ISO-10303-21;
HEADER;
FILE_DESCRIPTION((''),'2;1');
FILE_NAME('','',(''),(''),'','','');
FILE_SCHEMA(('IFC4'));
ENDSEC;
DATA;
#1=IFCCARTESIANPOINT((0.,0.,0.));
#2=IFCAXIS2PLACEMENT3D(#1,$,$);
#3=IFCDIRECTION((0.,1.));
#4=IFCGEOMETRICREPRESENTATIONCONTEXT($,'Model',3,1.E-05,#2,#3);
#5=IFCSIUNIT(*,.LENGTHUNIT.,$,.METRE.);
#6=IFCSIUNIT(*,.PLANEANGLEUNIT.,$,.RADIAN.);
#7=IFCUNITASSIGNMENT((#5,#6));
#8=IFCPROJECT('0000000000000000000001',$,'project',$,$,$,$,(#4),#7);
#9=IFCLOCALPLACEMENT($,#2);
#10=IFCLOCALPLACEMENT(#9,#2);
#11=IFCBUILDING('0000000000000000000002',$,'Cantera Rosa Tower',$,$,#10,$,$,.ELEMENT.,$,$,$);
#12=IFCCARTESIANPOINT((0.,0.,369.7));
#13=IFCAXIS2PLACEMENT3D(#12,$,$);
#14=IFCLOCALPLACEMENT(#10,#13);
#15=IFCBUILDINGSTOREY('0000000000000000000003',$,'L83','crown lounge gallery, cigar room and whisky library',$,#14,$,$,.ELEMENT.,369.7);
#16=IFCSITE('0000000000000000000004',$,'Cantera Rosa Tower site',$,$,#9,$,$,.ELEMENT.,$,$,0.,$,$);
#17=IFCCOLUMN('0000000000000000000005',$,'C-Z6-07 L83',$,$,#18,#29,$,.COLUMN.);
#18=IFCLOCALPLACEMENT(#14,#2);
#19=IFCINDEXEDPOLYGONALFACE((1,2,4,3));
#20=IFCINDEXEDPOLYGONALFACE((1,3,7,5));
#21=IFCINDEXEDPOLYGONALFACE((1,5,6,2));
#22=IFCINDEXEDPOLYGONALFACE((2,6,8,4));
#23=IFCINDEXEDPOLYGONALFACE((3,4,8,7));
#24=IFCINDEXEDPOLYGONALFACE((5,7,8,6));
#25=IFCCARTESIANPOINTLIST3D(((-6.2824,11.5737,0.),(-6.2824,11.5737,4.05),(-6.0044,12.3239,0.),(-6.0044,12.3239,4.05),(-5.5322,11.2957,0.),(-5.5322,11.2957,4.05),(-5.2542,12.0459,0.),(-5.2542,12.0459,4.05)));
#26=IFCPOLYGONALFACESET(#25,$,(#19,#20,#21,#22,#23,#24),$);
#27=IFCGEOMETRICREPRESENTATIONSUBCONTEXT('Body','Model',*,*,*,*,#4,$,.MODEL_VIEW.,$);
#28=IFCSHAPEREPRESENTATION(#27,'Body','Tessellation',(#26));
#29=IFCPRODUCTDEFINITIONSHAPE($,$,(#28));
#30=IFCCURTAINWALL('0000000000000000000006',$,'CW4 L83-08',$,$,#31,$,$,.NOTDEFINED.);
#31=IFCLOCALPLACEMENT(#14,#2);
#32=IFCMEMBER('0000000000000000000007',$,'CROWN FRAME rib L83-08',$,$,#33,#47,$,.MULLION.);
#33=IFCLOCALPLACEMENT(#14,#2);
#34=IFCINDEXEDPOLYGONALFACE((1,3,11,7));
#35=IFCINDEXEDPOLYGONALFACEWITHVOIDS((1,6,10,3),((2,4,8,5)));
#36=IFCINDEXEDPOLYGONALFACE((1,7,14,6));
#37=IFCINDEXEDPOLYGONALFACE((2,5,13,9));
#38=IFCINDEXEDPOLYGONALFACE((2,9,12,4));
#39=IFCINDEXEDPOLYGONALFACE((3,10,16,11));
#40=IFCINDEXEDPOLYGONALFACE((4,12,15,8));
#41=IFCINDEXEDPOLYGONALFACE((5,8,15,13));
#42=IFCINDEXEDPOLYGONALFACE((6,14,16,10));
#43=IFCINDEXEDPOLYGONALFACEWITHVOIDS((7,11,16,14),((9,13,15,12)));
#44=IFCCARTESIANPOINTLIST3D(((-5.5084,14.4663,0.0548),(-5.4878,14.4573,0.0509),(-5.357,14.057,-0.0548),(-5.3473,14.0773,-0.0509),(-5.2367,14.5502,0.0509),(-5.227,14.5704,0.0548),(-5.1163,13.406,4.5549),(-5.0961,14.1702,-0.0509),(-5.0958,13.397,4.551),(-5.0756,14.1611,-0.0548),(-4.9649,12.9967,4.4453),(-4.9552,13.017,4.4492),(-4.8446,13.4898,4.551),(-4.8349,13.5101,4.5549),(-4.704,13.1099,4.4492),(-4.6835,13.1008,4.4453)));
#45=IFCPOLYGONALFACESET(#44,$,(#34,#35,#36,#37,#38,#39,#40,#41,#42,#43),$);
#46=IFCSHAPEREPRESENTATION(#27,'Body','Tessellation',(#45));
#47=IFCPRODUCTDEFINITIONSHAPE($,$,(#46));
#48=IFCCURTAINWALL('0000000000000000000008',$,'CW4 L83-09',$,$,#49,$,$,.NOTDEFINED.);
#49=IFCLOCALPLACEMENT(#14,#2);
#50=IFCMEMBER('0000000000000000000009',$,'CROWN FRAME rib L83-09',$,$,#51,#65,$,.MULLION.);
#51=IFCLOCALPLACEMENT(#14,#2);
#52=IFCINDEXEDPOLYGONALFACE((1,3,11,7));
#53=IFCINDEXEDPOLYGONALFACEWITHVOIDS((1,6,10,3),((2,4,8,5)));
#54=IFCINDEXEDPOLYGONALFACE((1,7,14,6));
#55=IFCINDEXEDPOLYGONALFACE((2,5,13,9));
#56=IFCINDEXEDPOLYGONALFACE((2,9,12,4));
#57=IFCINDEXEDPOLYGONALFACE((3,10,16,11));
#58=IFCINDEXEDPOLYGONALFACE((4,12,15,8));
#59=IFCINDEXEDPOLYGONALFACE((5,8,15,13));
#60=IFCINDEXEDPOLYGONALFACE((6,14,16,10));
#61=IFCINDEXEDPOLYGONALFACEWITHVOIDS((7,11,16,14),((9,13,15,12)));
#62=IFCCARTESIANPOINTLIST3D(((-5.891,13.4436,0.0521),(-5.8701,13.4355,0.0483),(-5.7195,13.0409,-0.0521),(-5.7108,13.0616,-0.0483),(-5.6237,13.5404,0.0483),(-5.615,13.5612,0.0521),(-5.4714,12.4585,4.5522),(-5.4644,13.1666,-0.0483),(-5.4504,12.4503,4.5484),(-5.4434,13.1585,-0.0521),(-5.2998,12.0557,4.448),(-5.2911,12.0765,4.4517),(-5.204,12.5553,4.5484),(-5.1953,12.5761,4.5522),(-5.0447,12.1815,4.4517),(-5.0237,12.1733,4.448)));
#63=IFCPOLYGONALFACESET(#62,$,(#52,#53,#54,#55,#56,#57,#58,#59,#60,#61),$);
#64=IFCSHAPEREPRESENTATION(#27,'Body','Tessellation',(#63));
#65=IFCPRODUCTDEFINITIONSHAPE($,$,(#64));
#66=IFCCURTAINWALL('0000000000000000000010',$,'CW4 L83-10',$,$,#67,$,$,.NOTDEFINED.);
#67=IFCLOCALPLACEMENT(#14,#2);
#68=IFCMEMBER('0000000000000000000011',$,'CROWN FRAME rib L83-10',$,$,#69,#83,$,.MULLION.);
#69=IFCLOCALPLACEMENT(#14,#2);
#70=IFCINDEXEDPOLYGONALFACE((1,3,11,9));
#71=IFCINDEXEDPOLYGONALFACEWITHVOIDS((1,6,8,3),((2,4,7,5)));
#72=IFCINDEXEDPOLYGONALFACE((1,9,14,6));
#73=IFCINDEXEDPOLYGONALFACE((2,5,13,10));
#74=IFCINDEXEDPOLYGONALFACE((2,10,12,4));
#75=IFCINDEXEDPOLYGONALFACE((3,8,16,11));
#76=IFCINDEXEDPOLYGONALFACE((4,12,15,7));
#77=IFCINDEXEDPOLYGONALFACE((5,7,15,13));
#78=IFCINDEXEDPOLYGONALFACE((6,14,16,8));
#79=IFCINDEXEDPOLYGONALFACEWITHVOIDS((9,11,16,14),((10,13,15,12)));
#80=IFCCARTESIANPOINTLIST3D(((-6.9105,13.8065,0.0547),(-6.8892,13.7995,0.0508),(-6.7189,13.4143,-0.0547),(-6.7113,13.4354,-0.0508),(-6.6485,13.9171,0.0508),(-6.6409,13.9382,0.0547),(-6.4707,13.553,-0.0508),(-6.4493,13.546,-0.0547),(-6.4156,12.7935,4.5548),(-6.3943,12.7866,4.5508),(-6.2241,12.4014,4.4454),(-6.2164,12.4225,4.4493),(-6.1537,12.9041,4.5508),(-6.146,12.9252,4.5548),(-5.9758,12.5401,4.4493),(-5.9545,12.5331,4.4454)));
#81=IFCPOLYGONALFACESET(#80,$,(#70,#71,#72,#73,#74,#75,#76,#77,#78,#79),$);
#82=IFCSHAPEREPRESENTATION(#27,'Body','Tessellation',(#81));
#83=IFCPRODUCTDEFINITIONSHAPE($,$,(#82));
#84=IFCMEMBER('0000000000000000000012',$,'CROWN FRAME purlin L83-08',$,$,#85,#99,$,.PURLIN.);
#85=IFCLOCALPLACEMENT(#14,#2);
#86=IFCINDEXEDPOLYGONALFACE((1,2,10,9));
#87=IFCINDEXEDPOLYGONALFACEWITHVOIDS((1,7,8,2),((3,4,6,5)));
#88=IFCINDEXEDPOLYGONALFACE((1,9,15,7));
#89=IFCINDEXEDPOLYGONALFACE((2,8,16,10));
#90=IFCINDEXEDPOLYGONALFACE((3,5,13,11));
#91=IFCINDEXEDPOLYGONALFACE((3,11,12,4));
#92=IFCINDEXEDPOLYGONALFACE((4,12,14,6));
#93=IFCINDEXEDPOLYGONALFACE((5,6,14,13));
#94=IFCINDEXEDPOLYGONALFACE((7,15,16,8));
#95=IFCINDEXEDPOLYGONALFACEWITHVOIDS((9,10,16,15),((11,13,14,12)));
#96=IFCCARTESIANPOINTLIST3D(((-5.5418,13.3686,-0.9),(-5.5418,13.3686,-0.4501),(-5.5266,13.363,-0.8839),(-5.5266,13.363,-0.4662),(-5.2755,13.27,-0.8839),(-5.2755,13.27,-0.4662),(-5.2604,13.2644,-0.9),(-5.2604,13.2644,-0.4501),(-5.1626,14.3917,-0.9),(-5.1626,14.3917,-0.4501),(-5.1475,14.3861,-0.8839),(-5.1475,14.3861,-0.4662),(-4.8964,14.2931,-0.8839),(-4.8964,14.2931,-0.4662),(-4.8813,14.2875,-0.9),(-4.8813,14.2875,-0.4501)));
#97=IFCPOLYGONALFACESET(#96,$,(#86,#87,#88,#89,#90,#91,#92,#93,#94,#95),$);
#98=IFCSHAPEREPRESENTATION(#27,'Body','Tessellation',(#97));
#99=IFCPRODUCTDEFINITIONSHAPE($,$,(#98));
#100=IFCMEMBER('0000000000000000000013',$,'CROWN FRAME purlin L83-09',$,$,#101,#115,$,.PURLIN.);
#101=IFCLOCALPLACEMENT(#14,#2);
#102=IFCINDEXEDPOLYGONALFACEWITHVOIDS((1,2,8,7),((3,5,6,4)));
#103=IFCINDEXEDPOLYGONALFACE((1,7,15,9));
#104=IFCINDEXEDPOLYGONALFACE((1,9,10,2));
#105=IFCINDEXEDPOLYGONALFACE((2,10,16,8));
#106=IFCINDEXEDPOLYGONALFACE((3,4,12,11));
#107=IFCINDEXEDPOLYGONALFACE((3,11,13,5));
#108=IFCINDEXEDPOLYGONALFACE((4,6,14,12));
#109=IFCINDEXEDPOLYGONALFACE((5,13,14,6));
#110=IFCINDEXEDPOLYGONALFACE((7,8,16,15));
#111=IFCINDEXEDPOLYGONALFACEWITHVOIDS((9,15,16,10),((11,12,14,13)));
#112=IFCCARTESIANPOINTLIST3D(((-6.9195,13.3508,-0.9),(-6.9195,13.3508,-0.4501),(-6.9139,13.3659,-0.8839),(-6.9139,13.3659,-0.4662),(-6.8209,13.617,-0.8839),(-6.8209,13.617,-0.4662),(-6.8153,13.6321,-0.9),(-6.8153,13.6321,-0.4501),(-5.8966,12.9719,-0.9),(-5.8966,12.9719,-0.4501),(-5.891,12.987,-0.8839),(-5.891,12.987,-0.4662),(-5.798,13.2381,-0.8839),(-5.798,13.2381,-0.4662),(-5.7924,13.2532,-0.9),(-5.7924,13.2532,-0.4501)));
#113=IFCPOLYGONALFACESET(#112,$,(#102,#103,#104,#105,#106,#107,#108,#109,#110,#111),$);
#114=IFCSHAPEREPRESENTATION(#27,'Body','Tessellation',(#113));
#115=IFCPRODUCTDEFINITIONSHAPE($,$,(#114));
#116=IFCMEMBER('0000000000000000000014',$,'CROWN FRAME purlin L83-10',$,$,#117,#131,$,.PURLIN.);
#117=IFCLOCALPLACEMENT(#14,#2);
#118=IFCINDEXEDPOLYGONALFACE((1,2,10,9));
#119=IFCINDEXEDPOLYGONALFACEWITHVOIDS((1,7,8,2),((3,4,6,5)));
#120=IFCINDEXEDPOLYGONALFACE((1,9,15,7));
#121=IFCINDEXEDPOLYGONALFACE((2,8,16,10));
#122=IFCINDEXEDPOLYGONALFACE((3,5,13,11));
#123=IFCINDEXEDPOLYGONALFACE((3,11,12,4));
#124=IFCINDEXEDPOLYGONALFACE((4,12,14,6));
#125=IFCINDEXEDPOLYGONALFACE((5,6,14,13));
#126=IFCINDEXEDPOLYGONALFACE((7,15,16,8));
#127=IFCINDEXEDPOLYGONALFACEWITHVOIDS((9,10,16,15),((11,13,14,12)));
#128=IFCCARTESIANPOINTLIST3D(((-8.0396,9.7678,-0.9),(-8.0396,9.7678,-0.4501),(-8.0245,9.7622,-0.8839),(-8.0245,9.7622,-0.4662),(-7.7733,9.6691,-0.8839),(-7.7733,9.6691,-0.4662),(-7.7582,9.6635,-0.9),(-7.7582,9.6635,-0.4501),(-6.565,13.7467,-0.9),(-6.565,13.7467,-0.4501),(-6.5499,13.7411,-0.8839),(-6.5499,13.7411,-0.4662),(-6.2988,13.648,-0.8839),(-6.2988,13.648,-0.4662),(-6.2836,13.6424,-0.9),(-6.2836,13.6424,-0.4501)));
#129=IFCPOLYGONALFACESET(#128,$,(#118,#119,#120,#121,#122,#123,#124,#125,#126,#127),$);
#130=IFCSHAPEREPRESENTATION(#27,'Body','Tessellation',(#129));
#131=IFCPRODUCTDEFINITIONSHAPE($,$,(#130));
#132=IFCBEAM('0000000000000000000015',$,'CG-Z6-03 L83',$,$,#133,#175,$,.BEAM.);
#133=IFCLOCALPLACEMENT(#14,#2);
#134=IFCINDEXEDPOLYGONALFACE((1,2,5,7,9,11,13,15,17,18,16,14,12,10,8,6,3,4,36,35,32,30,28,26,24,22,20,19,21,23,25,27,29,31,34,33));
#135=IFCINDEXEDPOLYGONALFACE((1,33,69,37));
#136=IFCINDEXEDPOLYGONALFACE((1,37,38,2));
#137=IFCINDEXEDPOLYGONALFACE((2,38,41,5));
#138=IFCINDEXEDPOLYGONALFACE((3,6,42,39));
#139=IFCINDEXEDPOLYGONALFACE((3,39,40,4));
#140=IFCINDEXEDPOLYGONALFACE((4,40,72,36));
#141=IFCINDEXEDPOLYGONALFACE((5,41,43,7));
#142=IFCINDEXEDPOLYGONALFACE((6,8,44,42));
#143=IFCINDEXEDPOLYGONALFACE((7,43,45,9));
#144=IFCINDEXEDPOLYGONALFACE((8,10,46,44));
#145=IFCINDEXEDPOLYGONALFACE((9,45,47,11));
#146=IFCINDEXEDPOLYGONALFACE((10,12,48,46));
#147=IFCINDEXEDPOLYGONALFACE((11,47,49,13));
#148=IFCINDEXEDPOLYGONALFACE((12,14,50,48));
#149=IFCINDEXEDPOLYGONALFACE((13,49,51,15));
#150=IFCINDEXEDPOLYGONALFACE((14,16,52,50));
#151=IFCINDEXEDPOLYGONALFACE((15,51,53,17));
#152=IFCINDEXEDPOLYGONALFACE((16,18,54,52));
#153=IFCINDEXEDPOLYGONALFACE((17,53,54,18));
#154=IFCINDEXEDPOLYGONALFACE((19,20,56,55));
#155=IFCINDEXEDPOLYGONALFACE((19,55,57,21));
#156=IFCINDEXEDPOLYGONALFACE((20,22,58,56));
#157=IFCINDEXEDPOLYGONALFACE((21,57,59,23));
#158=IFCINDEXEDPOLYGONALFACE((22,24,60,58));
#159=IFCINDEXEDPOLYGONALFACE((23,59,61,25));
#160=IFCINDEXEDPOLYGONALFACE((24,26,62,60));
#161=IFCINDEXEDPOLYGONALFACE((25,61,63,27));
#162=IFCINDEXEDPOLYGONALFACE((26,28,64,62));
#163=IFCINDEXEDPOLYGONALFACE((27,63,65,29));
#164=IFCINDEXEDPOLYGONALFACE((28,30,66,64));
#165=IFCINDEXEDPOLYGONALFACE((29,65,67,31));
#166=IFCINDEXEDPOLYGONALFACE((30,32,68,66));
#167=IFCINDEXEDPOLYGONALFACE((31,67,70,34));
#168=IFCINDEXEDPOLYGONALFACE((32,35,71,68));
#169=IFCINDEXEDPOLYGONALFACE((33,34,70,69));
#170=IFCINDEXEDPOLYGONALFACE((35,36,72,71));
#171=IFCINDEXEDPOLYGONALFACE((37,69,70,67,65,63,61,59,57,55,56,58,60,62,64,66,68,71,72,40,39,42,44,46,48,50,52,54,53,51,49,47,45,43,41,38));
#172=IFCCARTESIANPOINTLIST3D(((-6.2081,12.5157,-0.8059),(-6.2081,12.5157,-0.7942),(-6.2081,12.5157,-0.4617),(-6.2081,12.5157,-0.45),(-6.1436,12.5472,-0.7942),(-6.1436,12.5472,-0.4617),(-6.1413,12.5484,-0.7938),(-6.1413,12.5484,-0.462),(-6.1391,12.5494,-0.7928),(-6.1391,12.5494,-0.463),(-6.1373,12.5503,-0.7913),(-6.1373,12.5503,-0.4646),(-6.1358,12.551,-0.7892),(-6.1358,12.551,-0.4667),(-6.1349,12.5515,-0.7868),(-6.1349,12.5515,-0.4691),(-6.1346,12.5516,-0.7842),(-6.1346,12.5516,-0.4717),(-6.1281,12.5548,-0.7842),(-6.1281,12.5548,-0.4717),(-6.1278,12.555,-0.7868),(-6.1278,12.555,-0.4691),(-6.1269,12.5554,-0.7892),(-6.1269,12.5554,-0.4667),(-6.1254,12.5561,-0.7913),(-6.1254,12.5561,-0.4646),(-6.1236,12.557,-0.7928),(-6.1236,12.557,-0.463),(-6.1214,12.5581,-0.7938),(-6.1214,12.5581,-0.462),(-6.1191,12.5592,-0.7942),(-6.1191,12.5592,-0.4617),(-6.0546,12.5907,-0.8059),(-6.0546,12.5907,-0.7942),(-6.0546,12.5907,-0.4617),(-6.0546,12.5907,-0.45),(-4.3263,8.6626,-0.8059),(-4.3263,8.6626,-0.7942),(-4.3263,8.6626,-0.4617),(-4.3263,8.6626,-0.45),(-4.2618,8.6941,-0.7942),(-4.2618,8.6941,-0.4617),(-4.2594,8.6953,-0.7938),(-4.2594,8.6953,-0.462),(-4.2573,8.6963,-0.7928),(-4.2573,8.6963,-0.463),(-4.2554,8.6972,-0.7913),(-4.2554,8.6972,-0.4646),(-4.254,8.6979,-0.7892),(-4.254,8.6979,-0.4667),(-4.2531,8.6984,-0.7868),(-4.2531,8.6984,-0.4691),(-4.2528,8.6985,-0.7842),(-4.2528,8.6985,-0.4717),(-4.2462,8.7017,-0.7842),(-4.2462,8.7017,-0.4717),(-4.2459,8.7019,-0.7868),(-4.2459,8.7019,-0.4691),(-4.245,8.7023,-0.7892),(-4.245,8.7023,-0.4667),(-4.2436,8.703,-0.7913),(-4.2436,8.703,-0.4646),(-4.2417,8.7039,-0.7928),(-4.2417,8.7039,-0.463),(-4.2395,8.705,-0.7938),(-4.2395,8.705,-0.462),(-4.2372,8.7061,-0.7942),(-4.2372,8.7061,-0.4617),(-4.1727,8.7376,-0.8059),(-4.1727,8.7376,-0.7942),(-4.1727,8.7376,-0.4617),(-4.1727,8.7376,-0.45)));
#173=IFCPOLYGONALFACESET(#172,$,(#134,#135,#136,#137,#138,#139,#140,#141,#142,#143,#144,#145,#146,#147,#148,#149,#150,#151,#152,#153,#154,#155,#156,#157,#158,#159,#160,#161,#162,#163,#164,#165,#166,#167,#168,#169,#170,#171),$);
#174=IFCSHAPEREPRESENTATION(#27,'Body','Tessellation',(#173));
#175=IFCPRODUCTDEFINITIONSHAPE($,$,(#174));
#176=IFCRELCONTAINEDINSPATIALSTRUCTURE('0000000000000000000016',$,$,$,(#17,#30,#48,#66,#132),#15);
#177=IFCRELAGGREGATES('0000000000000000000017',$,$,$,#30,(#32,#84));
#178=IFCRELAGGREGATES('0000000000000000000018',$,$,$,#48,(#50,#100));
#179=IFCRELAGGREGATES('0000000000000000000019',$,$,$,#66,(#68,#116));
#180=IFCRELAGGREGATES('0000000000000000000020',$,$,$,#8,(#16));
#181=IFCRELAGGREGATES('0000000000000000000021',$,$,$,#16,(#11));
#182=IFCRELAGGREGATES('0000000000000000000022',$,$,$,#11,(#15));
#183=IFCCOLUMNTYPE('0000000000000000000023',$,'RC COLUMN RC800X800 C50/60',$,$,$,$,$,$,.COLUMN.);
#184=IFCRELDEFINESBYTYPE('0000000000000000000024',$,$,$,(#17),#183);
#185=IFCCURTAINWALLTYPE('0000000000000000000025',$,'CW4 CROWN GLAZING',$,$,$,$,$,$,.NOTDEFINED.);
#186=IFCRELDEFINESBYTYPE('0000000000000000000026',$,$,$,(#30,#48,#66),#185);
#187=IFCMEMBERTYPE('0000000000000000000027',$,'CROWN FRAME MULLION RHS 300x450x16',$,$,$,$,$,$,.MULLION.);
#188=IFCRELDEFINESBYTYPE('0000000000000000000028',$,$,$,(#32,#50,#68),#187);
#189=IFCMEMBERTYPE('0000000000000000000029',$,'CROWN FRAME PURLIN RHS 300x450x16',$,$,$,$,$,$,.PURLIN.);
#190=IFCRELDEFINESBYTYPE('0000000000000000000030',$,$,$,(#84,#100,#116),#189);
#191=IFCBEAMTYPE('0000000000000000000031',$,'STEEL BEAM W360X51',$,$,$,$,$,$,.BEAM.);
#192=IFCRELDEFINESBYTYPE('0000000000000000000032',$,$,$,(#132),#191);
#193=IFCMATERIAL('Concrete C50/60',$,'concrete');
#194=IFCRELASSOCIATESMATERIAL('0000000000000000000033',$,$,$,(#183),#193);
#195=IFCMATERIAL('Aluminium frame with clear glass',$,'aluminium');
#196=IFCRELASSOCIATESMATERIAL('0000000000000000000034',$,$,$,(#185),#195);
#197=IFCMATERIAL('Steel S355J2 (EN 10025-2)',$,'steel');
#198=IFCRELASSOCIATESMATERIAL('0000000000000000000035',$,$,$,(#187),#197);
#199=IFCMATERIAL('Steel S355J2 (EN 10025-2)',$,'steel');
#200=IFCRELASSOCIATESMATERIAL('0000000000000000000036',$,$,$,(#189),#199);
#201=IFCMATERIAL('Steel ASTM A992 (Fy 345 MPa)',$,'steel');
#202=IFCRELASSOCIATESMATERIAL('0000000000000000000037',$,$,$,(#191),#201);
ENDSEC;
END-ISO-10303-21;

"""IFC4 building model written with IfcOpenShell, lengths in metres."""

from ifc_helpers import new_model, si_unit, direction, frame, origin, origin_2d, place, context, subcontext, project, spatial, rectangle, hollow_rectangle, i_section, extrude, material, material_profile, profile_set, type_object, element, aggregate, save


model = new_model("IFC4")

# Units and contexts
model_context = context("Model", 3, precision=1e-05, world=origin(), true_north=direction((0.0, 1.0)))
body_context = subcontext(model_context, "Body", "Model", "MODEL_VIEW")
ifc_project = project(units=[si_unit("LENGTHUNIT", "METRE"), si_unit("PLANEANGLEUNIT", "RADIAN")], contexts=[model_context])

# Site, building, storey
site_placement = place(None, origin())
site = spatial("IfcSite", under=ifc_project, at=site_placement, Name="Cantera Rosa Tower site", CompositionType="ELEMENT", RefElevation=0.0)
building_placement = place(site_placement, origin())
building = spatial("IfcBuilding", under=site, at=building_placement, Name="Cantera Rosa Tower", CompositionType="ELEMENT")
storey_placement = place(building_placement, frame((0.0, 0.0, 369.7)))
storey = spatial("IfcBuildingStorey", under=building, at=storey_placement, Name="L83", Description="crown lounge gallery, cigar room and whisky library", CompositionType="ELEMENT", Elevation=369.7)

# Column
ifc_material_1 = material(Name="Concrete C50/60", Category="concrete")
ifc_material_profile_1 = material_profile(ifc_material_1, rectangle(XDim=0.8, YDim=0.8, at=origin_2d()), Name="RC COLUMN RC800X800 C50/60")
ifc_profile_set_1 = profile_set([ifc_material_profile_1], Name="Concrete C50/60")
column_type = type_object("IfcColumnType", Name="RC COLUMN RC800X800 C50/60", PredefinedType="COLUMN", material=ifc_profile_set_1)
column_placement = place(storey_placement, frame((-5.7683, 11.8098, 0.0), z_axis=(0.0, 0.0, 1.0), x_axis=(0.347481, 0.937687, 0.0)))
element("IfcColumn", 1, at=column_placement, inside=storey, type_object=column_type, Name="C-Z6-07 L83", PredefinedType="COLUMN", context=body_context, shape_type="SweptSolid", body=[
    extrude(rectangle(XDim=0.8, YDim=0.8, at=origin_2d()), origin(), (0.0, 0.0, 1.0), 4.05),
])

# Curtain walls, members
ifc_material_2 = material(Name="Aluminium frame with clear glass", Category="aluminium")
curtain_wall_type = type_object("IfcCurtainWallType", Name="CW4 CROWN GLAZING", PredefinedType="NOTDEFINED", material=ifc_material_2)
curtain_wall_1_placement = place(storey_placement, origin())
curtain_wall_1 = element("IfcCurtainWall", 2, at=curtain_wall_1_placement, inside=storey, type_object=curtain_wall_type, Name="CW4 L83-08", PredefinedType="NOTDEFINED")
ifc_material_3 = material(Name="Steel S355J2 (EN 10025-2)", Category="steel")
ifc_material_profile_2 = material_profile(ifc_material_3, hollow_rectangle(XDim=0.3, YDim=0.45, WallThickness=0.0161, at=origin_2d()), Name="CROWN FRAME MULLION RHS 300x450x16")
ifc_profile_set_2 = profile_set([ifc_material_profile_2], Name="Steel S355J2 (EN 10025-2)")
member_type_1 = type_object("IfcMemberType", Name="CROWN FRAME MULLION RHS 300x450x16", PredefinedType="MULLION", material=ifc_profile_set_2)
member_1_placement = place(storey_placement, frame((-5.292, 14.3137, 0.0), z_axis=(0.084505, -0.228522, 0.969864), x_axis=(0.937926, 0.346836, 0.0)))
member_1 = element("IfcMember", 3, at=member_1_placement, type_object=member_type_1, Name="CROWN FRAME rib L83-08", PredefinedType="MULLION", context=body_context, shape_type="SweptSolid", body=[
    extrude(hollow_rectangle(XDim=0.3, YDim=0.45, WallThickness=0.0161, at=origin_2d()), origin(), (0.0, 0.0, 1.0), 4.6399),
])
curtain_wall_2_placement = place(storey_placement, origin())
curtain_wall_2 = element("IfcCurtainWall", 4, at=curtain_wall_2_placement, inside=storey, type_object=curtain_wall_type, Name="CW4 L83-09", PredefinedType="NOTDEFINED")
member_2_placement = place(storey_placement, frame((-5.6672, 13.301, 0.0), z_axis=(0.090729, -0.212967, 0.972838), x_axis=(0.919992, 0.391937, 0.0)))
member_2 = element("IfcMember", 5, at=member_2_placement, type_object=member_type_1, Name="CROWN FRAME rib L83-09", PredefinedType="MULLION", context=body_context, shape_type="SweptSolid", body=[
    extrude(hollow_rectangle(XDim=0.3, YDim=0.45, WallThickness=0.0161, at=origin_2d()), origin(), (0.0, 0.0, 1.0), 4.6257),
])
curtain_wall_3_placement = place(storey_placement, origin())
curtain_wall_3 = element("IfcCurtainWall", 6, at=curtain_wall_3_placement, inside=storey, type_object=curtain_wall_type, Name="CW4 L83-10", PredefinedType="NOTDEFINED")
member_3_placement = place(storey_placement, frame((-6.6799, 13.6763, 0.0), z_axis=(0.106675, -0.21835, 0.970023), x_axis=(0.898504, 0.438965, 0.0)))
member_3 = element("IfcMember", 7, at=member_3_placement, type_object=member_type_1, Name="CROWN FRAME rib L83-10", PredefinedType="MULLION", context=body_context, shape_type="SweptSolid", body=[
    extrude(hollow_rectangle(XDim=0.3, YDim=0.45, WallThickness=0.0161, at=origin_2d()), origin(), (0.0, 0.0, 1.0), 4.6392),
])

# Members
ifc_material_4 = material(Name="Steel S355J2 (EN 10025-2)", Category="steel")
ifc_material_profile_3 = material_profile(ifc_material_4, hollow_rectangle(XDim=0.3, YDim=0.45, WallThickness=0.0161, at=origin_2d()), Name="CROWN FRAME PURLIN RHS 300x450x16")
ifc_profile_set_3 = profile_set([ifc_material_profile_3], Name="Steel S355J2 (EN 10025-2)")
member_type_2 = type_object("IfcMemberType", Name="CROWN FRAME PURLIN RHS 300x450x16", PredefinedType="PURLIN", material=ifc_profile_set_3)
member_4_placement = place(storey_placement, frame((-5.022, 14.3396, -0.675), z_axis=(-0.347467, -0.937692, 0.0), x_axis=(0.937692, -0.347467, 0.0)))
member_4 = element("IfcMember", 8, at=member_4_placement, type_object=member_type_2, Name="CROWN FRAME purlin L83-08", PredefinedType="PURLIN", context=body_context, shape_type="SweptSolid", body=[
    extrude(hollow_rectangle(XDim=0.3, YDim=0.45, WallThickness=0.0161, at=origin_2d()), origin(), (0.0, 0.0, 1.0), 1.0911),
])
member_5_placement = place(storey_placement, frame((-5.8445, 13.1125, -0.675), z_axis=(-0.937738, 0.347344, 0.0), x_axis=(-0.347344, -0.937738, 0.0)))
member_5 = element("IfcMember", 9, at=member_5_placement, type_object=member_type_2, Name="CROWN FRAME purlin L83-09", PredefinedType="PURLIN", context=body_context, shape_type="SweptSolid", body=[
    extrude(hollow_rectangle(XDim=0.3, YDim=0.45, WallThickness=0.0161, at=origin_2d()), origin(), (0.0, 0.0, 1.0), 1.0908),
])
member_6_placement = place(storey_placement, frame((-6.4243, 13.6946, -0.675), z_axis=(-0.347502, -0.937679, 0.0), x_axis=(0.937679, -0.347502, 0.0)))
member_6 = element("IfcMember", 10, at=member_6_placement, type_object=member_type_2, Name="CROWN FRAME purlin L83-10", PredefinedType="PURLIN", context=body_context, shape_type="SweptSolid", body=[
    extrude(hollow_rectangle(XDim=0.3, YDim=0.45, WallThickness=0.0161, at=origin_2d()), origin(), (0.0, 0.0, 1.0), 4.2434),
])

# Beam
ifc_material_5 = material(Name="Steel ASTM A992 (Fy 345 MPa)", Category="steel")
ifc_material_profile_4 = material_profile(ifc_material_5, i_section(OverallWidth=0.1709, OverallDepth=0.356, WebThickness=0.0073, FlangeThickness=0.0117, FilletRadius=0.01, at=origin_2d()), Name="W360X51")
ifc_profile_set_4 = profile_set([ifc_material_profile_4], Name="Steel ASTM A992 (Fy 345 MPa)")
beam_type_1 = type_object("IfcBeamType", Name="STEEL BEAM W360X51", PredefinedType="BEAM", material=ifc_profile_set_4)
beam_1_placement = place(storey_placement, frame((-6.1313, 12.5532, -0.6279), z_axis=(0.438859, -0.898556, 0.0), x_axis=(0.898556, 0.438859, 0.0)))
element("IfcBeam", 11, at=beam_1_placement, inside=storey, type_object=beam_type_1, Name="CG-Z6-03 L83", PredefinedType="BEAM", context=body_context, shape_type="SweptSolid", body=[
    extrude(i_section(OverallWidth=0.1709, OverallDepth=0.356, WebThickness=0.0073, FlangeThickness=0.0117, FilletRadius=0.01, at=origin_2d()), origin(), (0.0, 0.0, 1.0), 4.2881),
])

aggregate(curtain_wall_1, [member_1, member_4])
aggregate(curtain_wall_2, [member_2, member_5])
aggregate(curtain_wall_3, [member_3, member_6])

save(model, "model.ifc")
